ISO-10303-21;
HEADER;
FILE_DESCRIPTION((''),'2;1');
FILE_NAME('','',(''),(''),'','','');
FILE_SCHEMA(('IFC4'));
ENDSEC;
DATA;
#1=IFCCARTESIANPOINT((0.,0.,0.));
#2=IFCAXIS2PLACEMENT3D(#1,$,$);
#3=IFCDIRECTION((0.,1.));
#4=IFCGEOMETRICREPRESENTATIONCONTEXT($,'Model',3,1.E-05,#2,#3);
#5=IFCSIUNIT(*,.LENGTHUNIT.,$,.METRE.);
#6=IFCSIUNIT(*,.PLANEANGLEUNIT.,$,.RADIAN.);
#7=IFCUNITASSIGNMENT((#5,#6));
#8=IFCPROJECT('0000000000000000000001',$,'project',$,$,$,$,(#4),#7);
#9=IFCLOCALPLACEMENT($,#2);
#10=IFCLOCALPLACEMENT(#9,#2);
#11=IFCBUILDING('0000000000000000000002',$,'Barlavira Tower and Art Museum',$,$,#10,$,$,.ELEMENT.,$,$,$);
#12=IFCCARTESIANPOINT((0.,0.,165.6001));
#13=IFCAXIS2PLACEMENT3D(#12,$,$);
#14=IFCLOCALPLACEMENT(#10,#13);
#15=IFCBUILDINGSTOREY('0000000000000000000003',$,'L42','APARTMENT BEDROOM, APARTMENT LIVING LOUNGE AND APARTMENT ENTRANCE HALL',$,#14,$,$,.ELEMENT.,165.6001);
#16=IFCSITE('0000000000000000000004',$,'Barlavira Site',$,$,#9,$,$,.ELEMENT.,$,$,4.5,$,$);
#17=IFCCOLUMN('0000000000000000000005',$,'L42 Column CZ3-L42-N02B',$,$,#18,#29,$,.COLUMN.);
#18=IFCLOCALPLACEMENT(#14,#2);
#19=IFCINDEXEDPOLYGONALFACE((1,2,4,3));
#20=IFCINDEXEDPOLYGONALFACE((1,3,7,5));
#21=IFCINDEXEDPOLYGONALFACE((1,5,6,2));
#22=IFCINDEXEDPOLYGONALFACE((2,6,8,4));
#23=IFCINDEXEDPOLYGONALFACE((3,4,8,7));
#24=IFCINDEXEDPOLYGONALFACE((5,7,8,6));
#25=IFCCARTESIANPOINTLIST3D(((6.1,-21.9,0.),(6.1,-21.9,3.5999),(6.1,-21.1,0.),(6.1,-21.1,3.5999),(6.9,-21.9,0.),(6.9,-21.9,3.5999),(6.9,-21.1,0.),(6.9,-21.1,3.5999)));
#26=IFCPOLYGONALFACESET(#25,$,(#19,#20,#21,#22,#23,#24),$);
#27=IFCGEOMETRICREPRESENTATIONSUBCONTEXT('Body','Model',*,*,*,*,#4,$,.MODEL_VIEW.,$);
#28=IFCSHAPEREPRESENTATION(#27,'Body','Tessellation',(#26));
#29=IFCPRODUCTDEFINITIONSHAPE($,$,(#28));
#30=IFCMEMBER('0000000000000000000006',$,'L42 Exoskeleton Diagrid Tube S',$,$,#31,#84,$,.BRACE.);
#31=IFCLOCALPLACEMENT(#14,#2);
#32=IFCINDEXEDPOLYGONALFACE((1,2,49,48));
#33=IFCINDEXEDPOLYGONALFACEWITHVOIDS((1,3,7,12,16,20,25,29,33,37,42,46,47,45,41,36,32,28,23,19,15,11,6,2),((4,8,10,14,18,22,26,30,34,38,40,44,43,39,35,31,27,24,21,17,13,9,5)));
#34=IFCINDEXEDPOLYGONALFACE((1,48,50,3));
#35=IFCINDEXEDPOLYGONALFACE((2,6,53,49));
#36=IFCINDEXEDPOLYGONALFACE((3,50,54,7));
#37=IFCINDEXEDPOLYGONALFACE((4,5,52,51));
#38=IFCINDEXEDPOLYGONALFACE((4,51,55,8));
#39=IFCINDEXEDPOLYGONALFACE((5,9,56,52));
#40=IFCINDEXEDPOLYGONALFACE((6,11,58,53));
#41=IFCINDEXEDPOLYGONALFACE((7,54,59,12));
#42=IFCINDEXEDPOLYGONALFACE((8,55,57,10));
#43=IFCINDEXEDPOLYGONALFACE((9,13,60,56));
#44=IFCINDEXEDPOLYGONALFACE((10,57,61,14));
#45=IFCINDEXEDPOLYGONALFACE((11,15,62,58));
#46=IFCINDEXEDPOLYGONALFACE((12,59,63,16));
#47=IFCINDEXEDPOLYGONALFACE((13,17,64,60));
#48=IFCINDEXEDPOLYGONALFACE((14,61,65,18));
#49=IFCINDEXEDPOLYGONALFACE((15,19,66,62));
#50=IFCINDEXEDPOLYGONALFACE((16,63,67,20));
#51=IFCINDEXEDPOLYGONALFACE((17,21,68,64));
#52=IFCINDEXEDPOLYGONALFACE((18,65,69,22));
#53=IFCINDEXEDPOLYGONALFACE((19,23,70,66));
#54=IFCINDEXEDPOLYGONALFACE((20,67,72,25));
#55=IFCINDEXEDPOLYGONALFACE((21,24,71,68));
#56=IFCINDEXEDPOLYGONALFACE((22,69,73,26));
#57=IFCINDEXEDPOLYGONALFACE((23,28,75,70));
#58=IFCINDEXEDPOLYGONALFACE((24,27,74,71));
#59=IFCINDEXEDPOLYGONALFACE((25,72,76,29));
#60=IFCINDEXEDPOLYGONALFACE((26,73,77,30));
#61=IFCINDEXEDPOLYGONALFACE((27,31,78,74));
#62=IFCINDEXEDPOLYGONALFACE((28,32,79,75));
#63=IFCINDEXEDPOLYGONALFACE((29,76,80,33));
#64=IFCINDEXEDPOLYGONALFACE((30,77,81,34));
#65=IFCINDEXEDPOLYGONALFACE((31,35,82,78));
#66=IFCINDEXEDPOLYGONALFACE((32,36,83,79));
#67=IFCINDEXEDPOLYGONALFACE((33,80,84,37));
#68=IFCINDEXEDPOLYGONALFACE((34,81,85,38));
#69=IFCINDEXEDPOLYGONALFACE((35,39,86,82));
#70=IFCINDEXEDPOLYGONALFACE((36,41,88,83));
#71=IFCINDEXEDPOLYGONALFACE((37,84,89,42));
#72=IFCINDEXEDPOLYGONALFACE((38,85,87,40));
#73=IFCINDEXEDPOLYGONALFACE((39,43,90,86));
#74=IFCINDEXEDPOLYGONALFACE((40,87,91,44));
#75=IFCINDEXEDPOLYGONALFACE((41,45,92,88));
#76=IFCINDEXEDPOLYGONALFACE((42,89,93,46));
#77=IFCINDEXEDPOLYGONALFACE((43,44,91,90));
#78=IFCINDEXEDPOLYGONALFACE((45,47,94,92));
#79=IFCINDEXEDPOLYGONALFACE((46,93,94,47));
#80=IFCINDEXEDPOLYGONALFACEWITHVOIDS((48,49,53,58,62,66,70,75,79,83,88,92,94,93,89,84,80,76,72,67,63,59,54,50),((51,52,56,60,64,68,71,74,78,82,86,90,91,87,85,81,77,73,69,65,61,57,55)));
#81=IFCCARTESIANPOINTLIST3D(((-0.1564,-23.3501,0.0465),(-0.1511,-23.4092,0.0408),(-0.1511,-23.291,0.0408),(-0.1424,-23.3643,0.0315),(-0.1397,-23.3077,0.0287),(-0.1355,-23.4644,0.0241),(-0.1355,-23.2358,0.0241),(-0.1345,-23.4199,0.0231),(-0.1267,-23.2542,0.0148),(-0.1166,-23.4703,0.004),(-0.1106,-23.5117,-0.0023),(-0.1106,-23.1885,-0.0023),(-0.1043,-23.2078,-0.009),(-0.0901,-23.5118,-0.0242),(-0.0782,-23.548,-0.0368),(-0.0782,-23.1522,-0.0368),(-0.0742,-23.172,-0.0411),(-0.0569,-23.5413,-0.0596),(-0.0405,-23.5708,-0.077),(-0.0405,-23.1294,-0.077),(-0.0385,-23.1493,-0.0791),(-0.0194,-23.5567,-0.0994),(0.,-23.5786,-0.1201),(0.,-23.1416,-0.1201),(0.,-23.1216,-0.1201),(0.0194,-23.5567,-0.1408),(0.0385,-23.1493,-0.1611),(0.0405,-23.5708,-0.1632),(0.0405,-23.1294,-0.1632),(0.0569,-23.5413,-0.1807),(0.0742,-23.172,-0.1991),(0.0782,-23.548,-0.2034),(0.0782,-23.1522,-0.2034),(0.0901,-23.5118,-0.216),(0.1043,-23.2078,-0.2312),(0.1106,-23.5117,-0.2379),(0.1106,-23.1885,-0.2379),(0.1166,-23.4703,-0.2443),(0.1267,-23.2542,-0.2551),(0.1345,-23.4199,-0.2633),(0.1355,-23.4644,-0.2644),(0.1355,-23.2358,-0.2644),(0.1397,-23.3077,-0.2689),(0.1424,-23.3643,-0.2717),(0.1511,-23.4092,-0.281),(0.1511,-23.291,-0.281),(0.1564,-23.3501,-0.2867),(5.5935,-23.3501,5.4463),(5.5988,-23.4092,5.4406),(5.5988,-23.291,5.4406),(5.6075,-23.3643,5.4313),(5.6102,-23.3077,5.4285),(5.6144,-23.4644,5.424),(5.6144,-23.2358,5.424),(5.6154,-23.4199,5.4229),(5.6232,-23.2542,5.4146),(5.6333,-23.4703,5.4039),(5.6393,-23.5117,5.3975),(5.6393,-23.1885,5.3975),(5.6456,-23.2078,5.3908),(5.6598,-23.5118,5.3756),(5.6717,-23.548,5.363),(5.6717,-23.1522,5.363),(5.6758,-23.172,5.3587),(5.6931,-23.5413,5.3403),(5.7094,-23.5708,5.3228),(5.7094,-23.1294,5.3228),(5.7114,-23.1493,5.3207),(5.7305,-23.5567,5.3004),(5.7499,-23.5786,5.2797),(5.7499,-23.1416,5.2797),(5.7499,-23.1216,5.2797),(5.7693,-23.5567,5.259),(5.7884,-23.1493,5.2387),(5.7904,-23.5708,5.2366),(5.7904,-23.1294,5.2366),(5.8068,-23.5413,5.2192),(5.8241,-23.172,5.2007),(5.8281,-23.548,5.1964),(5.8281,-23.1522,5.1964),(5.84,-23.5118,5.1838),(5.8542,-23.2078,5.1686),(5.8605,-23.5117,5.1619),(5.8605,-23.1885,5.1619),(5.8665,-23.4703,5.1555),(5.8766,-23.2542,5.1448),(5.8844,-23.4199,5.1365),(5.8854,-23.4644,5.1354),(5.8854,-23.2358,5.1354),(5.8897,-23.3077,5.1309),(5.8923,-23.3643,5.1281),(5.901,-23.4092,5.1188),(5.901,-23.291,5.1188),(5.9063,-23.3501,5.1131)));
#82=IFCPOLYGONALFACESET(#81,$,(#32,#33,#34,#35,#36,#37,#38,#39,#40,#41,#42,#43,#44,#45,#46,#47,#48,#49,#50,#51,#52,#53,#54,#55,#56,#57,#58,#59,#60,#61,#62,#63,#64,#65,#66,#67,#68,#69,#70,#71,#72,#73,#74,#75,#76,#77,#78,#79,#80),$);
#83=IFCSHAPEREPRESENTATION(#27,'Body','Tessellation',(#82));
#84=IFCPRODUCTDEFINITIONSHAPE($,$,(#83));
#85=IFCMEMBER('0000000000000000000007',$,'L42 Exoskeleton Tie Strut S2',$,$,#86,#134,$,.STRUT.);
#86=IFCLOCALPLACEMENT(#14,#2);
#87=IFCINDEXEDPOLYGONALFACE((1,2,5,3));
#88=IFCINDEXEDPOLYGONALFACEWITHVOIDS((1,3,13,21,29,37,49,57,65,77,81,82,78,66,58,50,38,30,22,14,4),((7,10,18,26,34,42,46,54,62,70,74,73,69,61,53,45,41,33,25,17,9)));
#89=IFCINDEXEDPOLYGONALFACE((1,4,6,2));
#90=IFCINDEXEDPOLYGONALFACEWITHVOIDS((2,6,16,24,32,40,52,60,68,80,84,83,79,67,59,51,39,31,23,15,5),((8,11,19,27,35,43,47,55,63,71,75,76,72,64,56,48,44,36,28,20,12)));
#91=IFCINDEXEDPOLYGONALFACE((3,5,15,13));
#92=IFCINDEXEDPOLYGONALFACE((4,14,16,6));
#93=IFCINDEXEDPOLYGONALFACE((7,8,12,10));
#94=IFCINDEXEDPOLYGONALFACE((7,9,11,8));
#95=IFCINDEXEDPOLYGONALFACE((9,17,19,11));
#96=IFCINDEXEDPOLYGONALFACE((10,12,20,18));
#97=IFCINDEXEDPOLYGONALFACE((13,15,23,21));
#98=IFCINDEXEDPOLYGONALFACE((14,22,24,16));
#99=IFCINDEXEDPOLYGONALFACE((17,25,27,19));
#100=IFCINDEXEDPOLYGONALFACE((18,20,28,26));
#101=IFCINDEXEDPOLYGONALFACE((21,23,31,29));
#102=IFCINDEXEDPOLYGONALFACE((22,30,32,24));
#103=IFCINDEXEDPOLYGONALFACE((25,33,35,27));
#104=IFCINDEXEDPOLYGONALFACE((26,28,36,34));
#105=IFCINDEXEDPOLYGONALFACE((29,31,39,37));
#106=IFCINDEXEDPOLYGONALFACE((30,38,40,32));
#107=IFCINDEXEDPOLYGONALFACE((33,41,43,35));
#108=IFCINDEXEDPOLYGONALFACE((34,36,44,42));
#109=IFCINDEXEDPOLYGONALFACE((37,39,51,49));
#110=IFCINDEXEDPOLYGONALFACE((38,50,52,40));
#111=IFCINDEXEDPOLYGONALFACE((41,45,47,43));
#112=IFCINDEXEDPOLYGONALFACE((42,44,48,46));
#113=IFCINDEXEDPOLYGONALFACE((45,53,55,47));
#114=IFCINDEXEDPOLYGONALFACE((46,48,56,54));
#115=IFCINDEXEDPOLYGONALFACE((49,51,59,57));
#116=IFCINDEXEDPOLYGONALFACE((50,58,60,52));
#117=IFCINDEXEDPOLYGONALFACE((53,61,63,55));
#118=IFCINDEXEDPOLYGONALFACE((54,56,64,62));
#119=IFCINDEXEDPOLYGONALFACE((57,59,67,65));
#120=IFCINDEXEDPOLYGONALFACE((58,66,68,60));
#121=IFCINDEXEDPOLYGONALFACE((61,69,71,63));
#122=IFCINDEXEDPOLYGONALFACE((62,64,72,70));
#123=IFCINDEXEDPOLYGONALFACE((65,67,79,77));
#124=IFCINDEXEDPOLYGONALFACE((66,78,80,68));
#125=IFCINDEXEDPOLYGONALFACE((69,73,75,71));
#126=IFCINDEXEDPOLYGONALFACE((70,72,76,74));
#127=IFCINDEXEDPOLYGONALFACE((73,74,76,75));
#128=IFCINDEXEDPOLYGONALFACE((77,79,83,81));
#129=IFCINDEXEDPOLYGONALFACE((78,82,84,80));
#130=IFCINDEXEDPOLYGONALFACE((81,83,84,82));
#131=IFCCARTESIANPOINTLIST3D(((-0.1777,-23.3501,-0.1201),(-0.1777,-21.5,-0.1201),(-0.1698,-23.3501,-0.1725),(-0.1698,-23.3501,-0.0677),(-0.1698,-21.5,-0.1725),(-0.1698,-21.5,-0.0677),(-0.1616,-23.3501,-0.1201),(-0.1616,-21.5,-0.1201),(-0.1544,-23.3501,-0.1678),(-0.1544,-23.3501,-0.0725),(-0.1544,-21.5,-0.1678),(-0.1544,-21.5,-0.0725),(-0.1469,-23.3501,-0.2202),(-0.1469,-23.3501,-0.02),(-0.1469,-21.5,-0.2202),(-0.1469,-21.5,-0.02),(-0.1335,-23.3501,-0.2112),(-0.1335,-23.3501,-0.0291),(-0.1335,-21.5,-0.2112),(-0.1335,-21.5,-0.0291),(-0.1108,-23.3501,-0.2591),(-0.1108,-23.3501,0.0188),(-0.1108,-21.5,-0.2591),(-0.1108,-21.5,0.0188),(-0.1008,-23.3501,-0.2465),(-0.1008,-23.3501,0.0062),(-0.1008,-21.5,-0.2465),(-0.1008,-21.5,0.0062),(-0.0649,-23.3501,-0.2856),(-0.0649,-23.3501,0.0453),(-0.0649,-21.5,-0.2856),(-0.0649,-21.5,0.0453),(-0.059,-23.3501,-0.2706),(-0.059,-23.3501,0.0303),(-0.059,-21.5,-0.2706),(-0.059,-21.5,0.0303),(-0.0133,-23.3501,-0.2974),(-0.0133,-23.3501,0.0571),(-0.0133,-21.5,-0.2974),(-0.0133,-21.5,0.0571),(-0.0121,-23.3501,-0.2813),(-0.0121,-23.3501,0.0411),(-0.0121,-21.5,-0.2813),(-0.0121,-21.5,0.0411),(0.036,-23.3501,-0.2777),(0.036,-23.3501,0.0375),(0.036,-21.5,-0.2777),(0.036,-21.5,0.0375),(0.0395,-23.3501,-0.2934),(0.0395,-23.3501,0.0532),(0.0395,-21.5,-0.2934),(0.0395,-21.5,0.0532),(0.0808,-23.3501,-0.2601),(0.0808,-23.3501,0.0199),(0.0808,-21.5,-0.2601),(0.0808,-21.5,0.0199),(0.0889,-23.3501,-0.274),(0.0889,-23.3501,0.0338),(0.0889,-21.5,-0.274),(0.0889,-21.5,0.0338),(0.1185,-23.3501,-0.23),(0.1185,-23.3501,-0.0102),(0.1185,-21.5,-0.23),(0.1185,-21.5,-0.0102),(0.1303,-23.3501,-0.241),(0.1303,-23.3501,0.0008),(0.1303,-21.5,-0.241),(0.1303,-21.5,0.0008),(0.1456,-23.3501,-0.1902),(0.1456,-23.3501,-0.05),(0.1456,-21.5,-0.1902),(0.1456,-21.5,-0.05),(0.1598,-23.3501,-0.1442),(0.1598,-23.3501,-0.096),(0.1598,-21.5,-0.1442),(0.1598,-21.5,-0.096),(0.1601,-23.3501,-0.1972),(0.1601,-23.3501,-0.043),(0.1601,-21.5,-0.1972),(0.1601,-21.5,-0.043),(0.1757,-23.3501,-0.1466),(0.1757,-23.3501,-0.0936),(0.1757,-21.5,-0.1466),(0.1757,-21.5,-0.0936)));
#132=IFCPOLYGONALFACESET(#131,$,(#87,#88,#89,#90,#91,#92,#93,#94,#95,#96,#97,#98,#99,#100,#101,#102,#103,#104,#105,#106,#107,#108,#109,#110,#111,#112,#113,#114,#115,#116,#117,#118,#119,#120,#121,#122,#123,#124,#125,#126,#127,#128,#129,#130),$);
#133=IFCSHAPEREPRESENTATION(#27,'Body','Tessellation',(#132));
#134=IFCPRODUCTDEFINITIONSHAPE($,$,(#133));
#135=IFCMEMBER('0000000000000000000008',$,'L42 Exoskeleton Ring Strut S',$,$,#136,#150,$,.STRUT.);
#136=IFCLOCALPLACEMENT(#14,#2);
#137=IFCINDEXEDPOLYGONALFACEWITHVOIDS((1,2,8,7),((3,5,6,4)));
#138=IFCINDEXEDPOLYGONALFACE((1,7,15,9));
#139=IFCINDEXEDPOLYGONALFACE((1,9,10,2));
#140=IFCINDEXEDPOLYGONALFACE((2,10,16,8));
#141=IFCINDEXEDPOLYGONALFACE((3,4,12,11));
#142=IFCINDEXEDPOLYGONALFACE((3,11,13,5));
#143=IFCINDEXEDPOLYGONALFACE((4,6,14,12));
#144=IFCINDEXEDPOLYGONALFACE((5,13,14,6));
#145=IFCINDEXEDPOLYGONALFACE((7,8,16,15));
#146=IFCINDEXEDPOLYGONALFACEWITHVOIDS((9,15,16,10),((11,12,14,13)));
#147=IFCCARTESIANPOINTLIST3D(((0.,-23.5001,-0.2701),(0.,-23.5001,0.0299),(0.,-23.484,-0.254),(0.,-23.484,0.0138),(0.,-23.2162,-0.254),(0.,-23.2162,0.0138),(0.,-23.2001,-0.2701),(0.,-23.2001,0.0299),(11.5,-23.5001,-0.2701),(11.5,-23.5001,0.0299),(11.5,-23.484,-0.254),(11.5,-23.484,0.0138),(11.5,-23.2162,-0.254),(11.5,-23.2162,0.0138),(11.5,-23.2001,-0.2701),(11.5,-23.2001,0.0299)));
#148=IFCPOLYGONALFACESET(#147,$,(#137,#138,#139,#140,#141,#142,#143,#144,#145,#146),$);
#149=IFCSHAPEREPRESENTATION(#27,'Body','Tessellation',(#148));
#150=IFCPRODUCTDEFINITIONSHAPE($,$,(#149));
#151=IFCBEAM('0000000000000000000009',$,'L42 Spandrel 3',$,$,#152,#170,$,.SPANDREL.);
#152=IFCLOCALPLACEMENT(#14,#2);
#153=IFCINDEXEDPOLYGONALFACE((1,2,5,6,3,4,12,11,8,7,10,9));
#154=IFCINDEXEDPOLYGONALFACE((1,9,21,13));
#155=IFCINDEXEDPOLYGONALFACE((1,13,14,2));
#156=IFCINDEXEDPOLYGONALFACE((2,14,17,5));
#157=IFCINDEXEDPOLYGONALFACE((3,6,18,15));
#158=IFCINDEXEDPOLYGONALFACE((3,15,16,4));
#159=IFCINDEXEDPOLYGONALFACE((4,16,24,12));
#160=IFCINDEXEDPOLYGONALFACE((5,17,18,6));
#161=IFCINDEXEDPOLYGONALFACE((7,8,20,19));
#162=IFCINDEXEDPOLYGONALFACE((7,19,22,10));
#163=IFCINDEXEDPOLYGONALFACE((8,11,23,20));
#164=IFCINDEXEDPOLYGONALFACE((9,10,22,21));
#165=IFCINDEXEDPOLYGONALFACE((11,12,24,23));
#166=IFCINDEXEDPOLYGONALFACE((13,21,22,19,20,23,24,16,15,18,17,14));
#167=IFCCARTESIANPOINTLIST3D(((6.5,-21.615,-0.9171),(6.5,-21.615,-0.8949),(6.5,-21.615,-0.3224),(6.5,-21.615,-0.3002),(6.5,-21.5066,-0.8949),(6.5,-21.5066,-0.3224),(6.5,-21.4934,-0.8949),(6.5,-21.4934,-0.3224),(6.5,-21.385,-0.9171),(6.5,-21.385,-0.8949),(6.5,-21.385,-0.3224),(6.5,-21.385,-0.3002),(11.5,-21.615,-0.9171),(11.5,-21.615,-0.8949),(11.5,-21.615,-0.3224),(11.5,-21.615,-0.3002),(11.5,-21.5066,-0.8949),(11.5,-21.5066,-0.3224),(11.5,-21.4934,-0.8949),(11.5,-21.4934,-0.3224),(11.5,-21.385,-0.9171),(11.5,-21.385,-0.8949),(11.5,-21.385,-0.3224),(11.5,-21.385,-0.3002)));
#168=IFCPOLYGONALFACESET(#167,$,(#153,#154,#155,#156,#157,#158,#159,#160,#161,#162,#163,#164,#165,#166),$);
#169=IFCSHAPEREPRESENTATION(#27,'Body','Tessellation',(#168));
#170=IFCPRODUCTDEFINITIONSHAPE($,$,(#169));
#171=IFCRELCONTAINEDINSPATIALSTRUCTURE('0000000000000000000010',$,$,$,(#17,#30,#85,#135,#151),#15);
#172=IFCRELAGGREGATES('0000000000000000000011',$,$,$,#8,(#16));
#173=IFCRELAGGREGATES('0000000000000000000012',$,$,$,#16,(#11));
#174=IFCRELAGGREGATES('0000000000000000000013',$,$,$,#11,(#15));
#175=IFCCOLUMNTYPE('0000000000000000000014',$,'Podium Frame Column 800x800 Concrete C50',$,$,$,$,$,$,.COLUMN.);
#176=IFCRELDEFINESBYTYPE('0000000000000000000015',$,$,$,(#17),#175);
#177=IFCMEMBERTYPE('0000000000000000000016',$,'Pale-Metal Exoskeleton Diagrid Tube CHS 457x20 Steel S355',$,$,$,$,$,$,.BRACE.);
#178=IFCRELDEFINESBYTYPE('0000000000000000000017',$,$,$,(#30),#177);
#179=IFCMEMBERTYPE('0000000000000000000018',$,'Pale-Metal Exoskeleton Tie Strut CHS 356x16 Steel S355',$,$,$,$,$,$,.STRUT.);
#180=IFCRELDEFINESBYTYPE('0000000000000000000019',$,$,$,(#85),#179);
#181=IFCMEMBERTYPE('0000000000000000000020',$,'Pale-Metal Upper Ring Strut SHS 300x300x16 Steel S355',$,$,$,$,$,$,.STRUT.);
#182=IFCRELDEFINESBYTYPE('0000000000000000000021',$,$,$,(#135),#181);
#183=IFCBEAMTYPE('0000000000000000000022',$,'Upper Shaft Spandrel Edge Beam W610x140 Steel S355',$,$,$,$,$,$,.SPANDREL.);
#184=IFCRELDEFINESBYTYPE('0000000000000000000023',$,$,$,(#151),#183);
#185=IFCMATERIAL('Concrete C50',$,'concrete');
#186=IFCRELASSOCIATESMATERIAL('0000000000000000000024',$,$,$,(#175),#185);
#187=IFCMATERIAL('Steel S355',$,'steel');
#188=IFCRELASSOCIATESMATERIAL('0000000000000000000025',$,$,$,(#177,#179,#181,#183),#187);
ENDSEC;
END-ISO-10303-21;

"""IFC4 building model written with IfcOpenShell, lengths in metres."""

from ifc_helpers import new_model, si_unit, direction, frame, origin, origin_2d, place, context, subcontext, project, spatial, rectangle, hollow_rectangle, hollow_circle, i_section, extrude, material, material_profile, profile_set, type_object, element, save


model = new_model("IFC4")

# Units and contexts
model_context = context("Model", 3, precision=1e-05, world=origin(), true_north=direction((0.0, 1.0)))
body_context = subcontext(model_context, "Body", "Model", "MODEL_VIEW")
ifc_project = project(units=[si_unit("LENGTHUNIT", "METRE"), si_unit("PLANEANGLEUNIT", "RADIAN")], contexts=[model_context])

# Site, building, storey
site_placement = place(None, origin())
site = spatial("IfcSite", under=ifc_project, at=site_placement, Name="Barlavira Site", CompositionType="ELEMENT", RefElevation=4.5)
building_placement = place(site_placement, origin())
building = spatial("IfcBuilding", under=site, at=building_placement, Name="Barlavira Tower and Art Museum", CompositionType="ELEMENT")
storey_placement = place(building_placement, frame((0.0, 0.0, 165.6001)))
storey = spatial("IfcBuildingStorey", under=building, at=storey_placement, Name="L42", Description="APARTMENT BEDROOM, APARTMENT LIVING LOUNGE AND APARTMENT ENTRANCE HALL", CompositionType="ELEMENT", Elevation=165.6001)

# Column
ifc_material_1 = material(Name="Concrete C50", Category="concrete")
ifc_material_profile_1 = material_profile(ifc_material_1, rectangle(XDim=0.8, YDim=0.8, at=origin_2d()), Name="RC-COL 800x800")
ifc_profile_set_1 = profile_set([ifc_material_profile_1], Name="Concrete C50")
column_type = type_object("IfcColumnType", Name="Podium Frame Column 800x800 Concrete C50", PredefinedType="COLUMN", material=ifc_profile_set_1)
column_placement = place(storey_placement, frame((6.5, -21.5, 0.0), z_axis=(0.0, 0.0, 1.0), x_axis=(1.0, 0.0, 0.0)))
element("IfcColumn", 1, at=column_placement, inside=storey, type_object=column_type, Name="L42 Column CZ3-L42-N02B", PredefinedType="COLUMN", context=body_context, shape_type="SweptSolid", body=[
    extrude(rectangle(XDim=0.8, YDim=0.8, at=origin_2d()), origin(), (0.0, 0.0, 1.0), 3.5999),
])

# Members
ifc_material_2 = material(Name="Steel S355", Category="steel")
ifc_material_profile_2 = material_profile(ifc_material_2, hollow_circle(Radius=0.2285, WallThickness=0.02, at=origin_2d()), Name="CHS 457.0x20.0")
ifc_profile_set_2 = profile_set([ifc_material_profile_2], Name="Steel S355")
member_type_1 = type_object("IfcMemberType", Name="Pale-Metal Exoskeleton Diagrid Tube CHS 457x20 Steel S355", PredefinedType="BRACE", material=ifc_profile_set_2)
member_1_placement = place(storey_placement, frame((0.0, -23.3501, -0.1201), z_axis=(0.72895, 0.0, 0.684567), x_axis=(0.0, 1.0, 0.0)))
element("IfcMember", 2, at=member_1_placement, inside=storey, type_object=member_type_1, Name="L42 Exoskeleton Diagrid Tube S", PredefinedType="BRACE", context=body_context, shape_type="SweptSolid", body=[
    extrude(hollow_circle(Radius=0.2285, WallThickness=0.02, at=origin_2d()), origin(), (0.0, 0.0, 1.0), 7.8879),
])
ifc_material_profile_3 = material_profile(ifc_material_2, hollow_circle(Radius=0.1777, WallThickness=0.0161, at=origin_2d()), Name="CHS 355.6x16.0")
ifc_profile_set_3 = profile_set([ifc_material_profile_3], Name="Steel S355")
member_type_2 = type_object("IfcMemberType", Name="Pale-Metal Exoskeleton Tie Strut CHS 356x16 Steel S355", PredefinedType="STRUT", material=ifc_profile_set_3)
member_2_placement = place(storey_placement, frame((0.0, -23.3501, -0.1201), z_axis=(0.0, 1.0, 0.0), x_axis=(-1.0, 0.0, 0.0)))
element("IfcMember", 3, at=member_2_placement, inside=storey, type_object=member_type_2, Name="L42 Exoskeleton Tie Strut S2", PredefinedType="STRUT", context=body_context, shape_type="SweptSolid", body=[
    extrude(hollow_circle(Radius=0.1777, WallThickness=0.0161, at=origin_2d()), origin(), (0.0, 0.0, 1.0), 1.8501),
])
ifc_material_profile_4 = material_profile(ifc_material_2, hollow_rectangle(XDim=0.3, YDim=0.3, WallThickness=0.0161, at=origin_2d()), Name="SHS 300x300x16.0")
ifc_profile_set_4 = profile_set([ifc_material_profile_4], Name="Steel S355")
member_type_3 = type_object("IfcMemberType", Name="Pale-Metal Upper Ring Strut SHS 300x300x16 Steel S355", PredefinedType="STRUT", material=ifc_profile_set_4)
member_3_placement = place(storey_placement, frame((0.0, -23.3501, -0.1201), z_axis=(1.0, 0.0, 0.0), x_axis=(0.0, 1.0, 0.0)))
element("IfcMember", 4, at=member_3_placement, inside=storey, type_object=member_type_3, Name="L42 Exoskeleton Ring Strut S", PredefinedType="STRUT", context=body_context, shape_type="SweptSolid", body=[
    extrude(hollow_rectangle(XDim=0.3, YDim=0.3, WallThickness=0.0161, at=origin_2d()), origin(), (0.0, 0.0, 1.0), 11.5),
])

# Beam
ifc_material_profile_5 = material_profile(ifc_material_2, i_section(OverallWidth=0.23, OverallDepth=0.6169, WebThickness=0.0132, FlangeThickness=0.0222, at=origin_2d()), Name="W610x140.0")
ifc_profile_set_5 = profile_set([ifc_material_profile_5], Name="Steel S355")
beam_type_1 = type_object("IfcBeamType", Name="Upper Shaft Spandrel Edge Beam W610x140 Steel S355", PredefinedType="SPANDREL", material=ifc_profile_set_5)
beam_1_placement = place(storey_placement, frame((6.5, -21.5, -0.6086), z_axis=(1.0, 0.0, 0.0), x_axis=(0.0, 1.0, 0.0)))
element("IfcBeam", 5, at=beam_1_placement, inside=storey, type_object=beam_type_1, Name="L42 Spandrel 3", PredefinedType="SPANDREL", context=body_context, shape_type="SweptSolid", body=[
    extrude(i_section(OverallWidth=0.23, OverallDepth=0.6169, WebThickness=0.0132, FlangeThickness=0.0222, at=origin_2d()), origin(), (0.0, 0.0, 1.0), 5.0),
])

save(model, "model.ifc")
